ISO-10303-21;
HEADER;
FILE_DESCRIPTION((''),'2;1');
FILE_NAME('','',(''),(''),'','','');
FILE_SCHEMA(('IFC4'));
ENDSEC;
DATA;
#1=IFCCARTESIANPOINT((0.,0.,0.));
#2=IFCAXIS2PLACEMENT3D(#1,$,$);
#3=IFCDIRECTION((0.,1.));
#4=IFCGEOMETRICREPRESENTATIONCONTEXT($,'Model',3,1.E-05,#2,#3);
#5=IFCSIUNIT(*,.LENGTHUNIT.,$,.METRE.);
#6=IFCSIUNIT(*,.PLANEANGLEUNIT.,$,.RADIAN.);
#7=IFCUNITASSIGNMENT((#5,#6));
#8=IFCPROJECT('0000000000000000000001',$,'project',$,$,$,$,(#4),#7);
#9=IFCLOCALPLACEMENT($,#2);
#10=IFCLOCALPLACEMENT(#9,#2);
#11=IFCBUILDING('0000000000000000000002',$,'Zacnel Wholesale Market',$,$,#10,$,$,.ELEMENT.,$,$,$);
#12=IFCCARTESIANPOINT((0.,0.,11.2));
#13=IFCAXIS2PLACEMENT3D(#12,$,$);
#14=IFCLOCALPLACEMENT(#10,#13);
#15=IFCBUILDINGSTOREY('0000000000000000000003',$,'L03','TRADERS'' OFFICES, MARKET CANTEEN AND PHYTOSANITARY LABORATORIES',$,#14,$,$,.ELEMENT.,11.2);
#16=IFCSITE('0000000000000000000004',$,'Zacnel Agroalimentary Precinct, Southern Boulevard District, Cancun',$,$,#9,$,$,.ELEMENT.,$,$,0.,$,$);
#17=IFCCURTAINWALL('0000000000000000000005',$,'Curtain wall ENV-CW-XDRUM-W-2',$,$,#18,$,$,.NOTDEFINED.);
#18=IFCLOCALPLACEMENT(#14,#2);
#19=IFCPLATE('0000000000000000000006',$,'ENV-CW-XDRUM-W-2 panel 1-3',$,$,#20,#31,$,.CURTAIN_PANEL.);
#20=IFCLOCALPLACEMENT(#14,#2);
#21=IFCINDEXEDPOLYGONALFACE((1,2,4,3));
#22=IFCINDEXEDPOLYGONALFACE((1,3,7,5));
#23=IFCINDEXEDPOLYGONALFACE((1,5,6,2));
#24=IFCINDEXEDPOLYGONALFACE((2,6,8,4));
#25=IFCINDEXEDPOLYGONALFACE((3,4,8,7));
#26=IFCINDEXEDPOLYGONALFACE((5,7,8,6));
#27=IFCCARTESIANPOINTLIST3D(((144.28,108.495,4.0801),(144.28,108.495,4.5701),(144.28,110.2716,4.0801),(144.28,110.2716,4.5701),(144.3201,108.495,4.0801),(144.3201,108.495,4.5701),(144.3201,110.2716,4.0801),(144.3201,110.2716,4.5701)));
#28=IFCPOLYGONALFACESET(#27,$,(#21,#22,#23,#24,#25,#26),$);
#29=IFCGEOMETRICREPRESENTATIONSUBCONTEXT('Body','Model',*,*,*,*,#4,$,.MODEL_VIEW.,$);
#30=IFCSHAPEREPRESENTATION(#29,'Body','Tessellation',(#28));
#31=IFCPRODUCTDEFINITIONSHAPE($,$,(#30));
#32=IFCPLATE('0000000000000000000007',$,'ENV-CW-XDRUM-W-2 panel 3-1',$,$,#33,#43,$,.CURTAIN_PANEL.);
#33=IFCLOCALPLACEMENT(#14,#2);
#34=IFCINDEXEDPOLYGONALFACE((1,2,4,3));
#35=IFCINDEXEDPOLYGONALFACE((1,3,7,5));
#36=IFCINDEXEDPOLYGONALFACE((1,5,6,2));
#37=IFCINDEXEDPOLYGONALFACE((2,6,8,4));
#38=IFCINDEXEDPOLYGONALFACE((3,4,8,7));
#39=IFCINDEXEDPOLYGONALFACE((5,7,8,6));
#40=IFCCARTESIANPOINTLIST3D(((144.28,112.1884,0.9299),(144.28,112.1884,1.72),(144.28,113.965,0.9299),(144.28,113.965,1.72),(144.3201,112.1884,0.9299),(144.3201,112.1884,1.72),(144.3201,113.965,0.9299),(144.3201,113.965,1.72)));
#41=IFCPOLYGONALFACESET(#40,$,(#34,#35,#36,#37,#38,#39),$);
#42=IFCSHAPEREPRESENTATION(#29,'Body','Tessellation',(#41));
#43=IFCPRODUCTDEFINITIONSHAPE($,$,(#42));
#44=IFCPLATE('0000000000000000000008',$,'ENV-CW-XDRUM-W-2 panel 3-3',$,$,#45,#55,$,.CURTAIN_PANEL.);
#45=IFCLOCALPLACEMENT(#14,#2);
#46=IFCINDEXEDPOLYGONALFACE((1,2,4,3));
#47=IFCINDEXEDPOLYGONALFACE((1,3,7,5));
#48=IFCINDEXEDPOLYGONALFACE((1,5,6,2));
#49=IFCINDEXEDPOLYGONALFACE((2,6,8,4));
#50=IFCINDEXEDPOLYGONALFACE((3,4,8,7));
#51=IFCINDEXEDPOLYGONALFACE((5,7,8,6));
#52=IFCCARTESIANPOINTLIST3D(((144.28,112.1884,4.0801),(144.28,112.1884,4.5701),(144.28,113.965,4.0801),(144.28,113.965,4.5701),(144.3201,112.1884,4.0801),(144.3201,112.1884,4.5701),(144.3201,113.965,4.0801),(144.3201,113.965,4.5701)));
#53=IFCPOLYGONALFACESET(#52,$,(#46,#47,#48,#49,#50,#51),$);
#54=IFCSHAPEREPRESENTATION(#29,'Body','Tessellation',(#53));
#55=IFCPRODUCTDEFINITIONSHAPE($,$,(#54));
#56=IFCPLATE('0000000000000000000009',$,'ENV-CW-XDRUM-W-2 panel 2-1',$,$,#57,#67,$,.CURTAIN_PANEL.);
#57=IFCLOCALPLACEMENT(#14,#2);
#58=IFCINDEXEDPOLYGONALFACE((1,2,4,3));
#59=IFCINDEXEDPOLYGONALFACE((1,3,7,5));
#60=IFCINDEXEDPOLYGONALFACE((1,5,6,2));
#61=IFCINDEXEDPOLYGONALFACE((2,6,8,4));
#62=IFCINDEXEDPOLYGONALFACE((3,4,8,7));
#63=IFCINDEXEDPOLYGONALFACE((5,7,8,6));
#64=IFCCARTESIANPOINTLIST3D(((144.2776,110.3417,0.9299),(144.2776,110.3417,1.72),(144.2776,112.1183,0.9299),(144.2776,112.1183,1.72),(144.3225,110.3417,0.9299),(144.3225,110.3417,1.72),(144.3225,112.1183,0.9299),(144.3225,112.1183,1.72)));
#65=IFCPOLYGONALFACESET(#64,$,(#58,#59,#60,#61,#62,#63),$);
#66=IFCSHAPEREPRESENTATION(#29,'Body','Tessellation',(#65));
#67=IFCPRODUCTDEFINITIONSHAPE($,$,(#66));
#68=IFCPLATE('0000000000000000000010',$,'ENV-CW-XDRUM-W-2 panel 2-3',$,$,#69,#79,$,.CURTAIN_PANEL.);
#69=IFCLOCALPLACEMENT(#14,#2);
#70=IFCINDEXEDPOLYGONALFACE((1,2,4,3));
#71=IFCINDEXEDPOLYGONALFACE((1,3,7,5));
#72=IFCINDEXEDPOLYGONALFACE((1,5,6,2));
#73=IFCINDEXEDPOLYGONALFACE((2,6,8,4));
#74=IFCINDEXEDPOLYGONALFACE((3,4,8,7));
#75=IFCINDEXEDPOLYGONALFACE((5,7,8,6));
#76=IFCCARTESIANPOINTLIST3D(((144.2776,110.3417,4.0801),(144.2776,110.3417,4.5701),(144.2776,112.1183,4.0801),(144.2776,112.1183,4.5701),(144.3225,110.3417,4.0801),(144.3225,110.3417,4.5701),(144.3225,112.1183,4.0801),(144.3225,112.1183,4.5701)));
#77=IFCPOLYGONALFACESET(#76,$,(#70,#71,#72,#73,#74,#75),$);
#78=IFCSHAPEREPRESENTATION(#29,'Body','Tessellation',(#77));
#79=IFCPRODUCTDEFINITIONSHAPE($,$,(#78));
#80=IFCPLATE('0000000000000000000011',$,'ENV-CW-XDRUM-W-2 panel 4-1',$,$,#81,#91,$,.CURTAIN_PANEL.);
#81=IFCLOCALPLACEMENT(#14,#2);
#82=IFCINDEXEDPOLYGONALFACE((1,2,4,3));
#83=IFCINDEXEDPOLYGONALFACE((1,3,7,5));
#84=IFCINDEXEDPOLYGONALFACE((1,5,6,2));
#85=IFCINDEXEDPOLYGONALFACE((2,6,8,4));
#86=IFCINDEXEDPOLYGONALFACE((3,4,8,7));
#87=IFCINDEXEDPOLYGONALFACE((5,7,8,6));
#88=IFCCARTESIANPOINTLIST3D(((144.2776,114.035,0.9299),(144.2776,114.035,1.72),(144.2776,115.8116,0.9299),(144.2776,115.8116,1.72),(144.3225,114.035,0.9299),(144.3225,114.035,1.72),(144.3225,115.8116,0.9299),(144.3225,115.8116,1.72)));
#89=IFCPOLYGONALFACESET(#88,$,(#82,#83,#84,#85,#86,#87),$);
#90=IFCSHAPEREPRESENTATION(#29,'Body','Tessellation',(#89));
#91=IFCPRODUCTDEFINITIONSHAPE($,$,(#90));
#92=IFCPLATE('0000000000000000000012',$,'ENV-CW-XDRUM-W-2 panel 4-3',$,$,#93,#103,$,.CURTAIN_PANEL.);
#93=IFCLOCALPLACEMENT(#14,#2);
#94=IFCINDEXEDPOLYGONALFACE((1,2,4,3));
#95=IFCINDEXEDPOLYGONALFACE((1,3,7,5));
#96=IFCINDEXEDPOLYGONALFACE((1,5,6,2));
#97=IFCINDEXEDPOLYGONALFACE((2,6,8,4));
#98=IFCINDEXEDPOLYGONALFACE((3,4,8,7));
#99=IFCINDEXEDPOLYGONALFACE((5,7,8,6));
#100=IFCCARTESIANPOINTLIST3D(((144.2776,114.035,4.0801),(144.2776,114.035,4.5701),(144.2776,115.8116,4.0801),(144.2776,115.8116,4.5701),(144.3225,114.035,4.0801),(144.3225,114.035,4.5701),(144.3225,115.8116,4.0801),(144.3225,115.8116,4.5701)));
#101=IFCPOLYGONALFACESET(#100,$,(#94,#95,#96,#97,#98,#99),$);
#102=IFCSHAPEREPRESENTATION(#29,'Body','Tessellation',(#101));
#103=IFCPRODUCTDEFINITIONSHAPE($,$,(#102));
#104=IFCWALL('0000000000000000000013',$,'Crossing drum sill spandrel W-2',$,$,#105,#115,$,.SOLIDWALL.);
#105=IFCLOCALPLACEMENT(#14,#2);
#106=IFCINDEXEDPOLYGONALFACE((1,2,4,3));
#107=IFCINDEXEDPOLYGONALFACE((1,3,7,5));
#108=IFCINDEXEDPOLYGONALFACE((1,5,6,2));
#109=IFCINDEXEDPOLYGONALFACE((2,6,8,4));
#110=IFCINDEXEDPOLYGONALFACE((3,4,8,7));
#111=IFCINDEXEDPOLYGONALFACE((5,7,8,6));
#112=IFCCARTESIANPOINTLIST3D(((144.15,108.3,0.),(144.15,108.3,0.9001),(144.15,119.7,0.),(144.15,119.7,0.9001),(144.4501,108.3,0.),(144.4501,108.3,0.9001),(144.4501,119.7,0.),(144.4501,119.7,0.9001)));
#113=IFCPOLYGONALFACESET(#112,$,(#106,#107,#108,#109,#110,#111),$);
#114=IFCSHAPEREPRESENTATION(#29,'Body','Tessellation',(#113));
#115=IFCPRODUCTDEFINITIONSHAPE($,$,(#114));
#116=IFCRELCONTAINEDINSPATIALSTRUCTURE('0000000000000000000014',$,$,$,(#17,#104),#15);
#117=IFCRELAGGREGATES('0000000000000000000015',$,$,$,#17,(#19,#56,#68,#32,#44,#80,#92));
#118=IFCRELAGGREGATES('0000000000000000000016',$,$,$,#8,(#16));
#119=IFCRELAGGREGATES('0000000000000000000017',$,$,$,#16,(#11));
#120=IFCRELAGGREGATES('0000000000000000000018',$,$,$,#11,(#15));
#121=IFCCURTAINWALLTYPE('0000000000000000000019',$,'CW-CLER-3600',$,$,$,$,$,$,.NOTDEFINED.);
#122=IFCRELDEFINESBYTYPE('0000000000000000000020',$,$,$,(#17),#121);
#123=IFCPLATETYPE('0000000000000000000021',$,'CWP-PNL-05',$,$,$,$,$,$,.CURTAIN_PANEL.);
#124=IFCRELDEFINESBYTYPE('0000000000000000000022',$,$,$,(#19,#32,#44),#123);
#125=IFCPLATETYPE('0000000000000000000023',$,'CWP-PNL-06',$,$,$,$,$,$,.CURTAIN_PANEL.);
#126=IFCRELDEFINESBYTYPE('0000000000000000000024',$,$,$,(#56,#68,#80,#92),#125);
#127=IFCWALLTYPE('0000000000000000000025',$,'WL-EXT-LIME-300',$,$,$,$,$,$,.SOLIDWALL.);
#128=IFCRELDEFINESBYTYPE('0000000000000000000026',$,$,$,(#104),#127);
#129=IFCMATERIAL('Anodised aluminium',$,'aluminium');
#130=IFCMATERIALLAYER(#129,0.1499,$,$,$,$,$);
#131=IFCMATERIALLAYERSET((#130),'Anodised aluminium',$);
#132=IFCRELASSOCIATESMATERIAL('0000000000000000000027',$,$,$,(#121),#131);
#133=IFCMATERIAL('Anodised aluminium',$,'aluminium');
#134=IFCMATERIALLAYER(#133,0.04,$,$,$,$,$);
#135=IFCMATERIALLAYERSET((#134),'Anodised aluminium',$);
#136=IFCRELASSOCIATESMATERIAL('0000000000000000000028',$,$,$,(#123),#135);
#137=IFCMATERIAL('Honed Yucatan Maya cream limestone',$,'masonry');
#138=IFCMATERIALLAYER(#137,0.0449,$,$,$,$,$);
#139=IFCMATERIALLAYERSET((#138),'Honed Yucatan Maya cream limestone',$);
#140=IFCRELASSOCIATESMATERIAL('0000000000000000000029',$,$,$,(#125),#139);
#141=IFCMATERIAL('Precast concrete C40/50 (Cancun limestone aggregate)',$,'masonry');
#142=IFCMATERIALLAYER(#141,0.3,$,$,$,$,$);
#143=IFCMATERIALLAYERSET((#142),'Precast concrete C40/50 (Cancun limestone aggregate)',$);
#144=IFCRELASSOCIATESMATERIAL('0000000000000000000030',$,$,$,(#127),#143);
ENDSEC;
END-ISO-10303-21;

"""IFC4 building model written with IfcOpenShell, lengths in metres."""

from ifc_helpers import new_model, si_unit, direction, frame, frame_2d, origin, origin_2d, place, context, subcontext, project, spatial, rectangle, extrude, material, layer, layer_set, type_object, element, aggregate, save


model = new_model("IFC4")

# Units and contexts
model_context = context("Model", 3, precision=1e-05, world=origin(), true_north=direction((0.0, 1.0)))
body_context = subcontext(model_context, "Body", "Model", "MODEL_VIEW")
ifc_project = project(units=[si_unit("LENGTHUNIT", "METRE"), si_unit("PLANEANGLEUNIT", "RADIAN")], contexts=[model_context])

# Site, building, storey
site_placement = place(None, origin())
site = spatial("IfcSite", under=ifc_project, at=site_placement, Name="Zacnel Agroalimentary Precinct, Southern Boulevard District, Cancun", CompositionType="ELEMENT", RefElevation=0.0)
building_placement = place(site_placement, origin())
building = spatial("IfcBuilding", under=site, at=building_placement, Name="Zacnel Wholesale Market", CompositionType="ELEMENT")
storey_placement = place(building_placement, frame((0.0, 0.0, 11.2)))
storey = spatial("IfcBuildingStorey", under=building, at=storey_placement, Name="L03", Description="TRADERS' OFFICES, MARKET CANTEEN AND PHYTOSANITARY LABORATORIES", CompositionType="ELEMENT", Elevation=11.2)

# Curtain wall, plates
ifc_material_1 = material(Name="Anodised aluminium", Category="aluminium")
ifc_layer_1 = layer(ifc_material_1, 0.1499)
ifc_layer_set_1 = layer_set([ifc_layer_1], Name="Anodised aluminium")
curtain_wall_type = type_object("IfcCurtainWallType", Name="CW-CLER-3600", PredefinedType="NOTDEFINED", material=ifc_layer_set_1)
curtain_wall_placement = place(storey_placement, origin())
curtain_wall = element("IfcCurtainWall", 1, at=curtain_wall_placement, inside=storey, type_object=curtain_wall_type, Name="Curtain wall ENV-CW-XDRUM-W-2", PredefinedType="NOTDEFINED")
ifc_material_2 = material(Name="Anodised aluminium", Category="aluminium")
ifc_layer_2 = layer(ifc_material_2, 0.04)
ifc_layer_set_2 = layer_set([ifc_layer_2], Name="Anodised aluminium")
plate_type_1 = type_object("IfcPlateType", Name="CWP-PNL-05", PredefinedType="CURTAIN_PANEL", material=ifc_layer_set_2)
plate_1_placement = place(storey_placement, frame((144.3, 109.3833, 4.0801), z_axis=(0.0, 0.0, 1.0), x_axis=(0.0, 1.0, 0.0)))
plate_1 = element("IfcPlate", 2, at=plate_1_placement, type_object=plate_type_1, Name="ENV-CW-XDRUM-W-2 panel 1-3", PredefinedType="CURTAIN_PANEL", context=body_context, shape_type="SweptSolid", body=[
    extrude(rectangle(XDim=1.7766, YDim=0.04, at=origin_2d()), origin(), (0.0, 0.0, 1.0), 0.49),
])
plate_2_placement = place(storey_placement, frame((144.3, 113.0767, 0.9299), z_axis=(0.0, 0.0, 1.0), x_axis=(0.0, 1.0, 0.0)))
plate_2 = element("IfcPlate", 3, at=plate_2_placement, type_object=plate_type_1, Name="ENV-CW-XDRUM-W-2 panel 3-1", PredefinedType="CURTAIN_PANEL", context=body_context, shape_type="SweptSolid", body=[
    extrude(rectangle(XDim=1.7766, YDim=0.04, at=origin_2d()), origin(), (0.0, 0.0, 1.0), 0.79),
])
plate_3_placement = place(storey_placement, frame((144.3, 113.0767, 4.0801), z_axis=(0.0, 0.0, 1.0), x_axis=(0.0, 1.0, 0.0)))
plate_3 = element("IfcPlate", 4, at=plate_3_placement, type_object=plate_type_1, Name="ENV-CW-XDRUM-W-2 panel 3-3", PredefinedType="CURTAIN_PANEL", context=body_context, shape_type="SweptSolid", body=[
    extrude(rectangle(XDim=1.7766, YDim=0.04, at=origin_2d()), origin(), (0.0, 0.0, 1.0), 0.49),
])
ifc_material_3 = material(Name="Honed Yucatan Maya cream limestone", Category="masonry")
ifc_layer_3 = layer(ifc_material_3, 0.0449)
ifc_layer_set_3 = layer_set([ifc_layer_3], Name="Honed Yucatan Maya cream limestone")
plate_type_2 = type_object("IfcPlateType", Name="CWP-PNL-06", PredefinedType="CURTAIN_PANEL", material=ifc_layer_set_3)
plate_4_placement = place(storey_placement, frame((144.3, 111.23, 0.9299), z_axis=(0.0, 0.0, 1.0), x_axis=(0.0, 1.0, 0.0)))
plate_4 = element("IfcPlate", 5, at=plate_4_placement, type_object=plate_type_2, Name="ENV-CW-XDRUM-W-2 panel 2-1", PredefinedType="CURTAIN_PANEL", context=body_context, shape_type="SweptSolid", body=[
    extrude(rectangle(XDim=1.7766, YDim=0.0449, at=origin_2d()), origin(), (0.0, 0.0, 1.0), 0.79),
])
plate_5_placement = place(storey_placement, frame((144.3, 111.23, 4.0801), z_axis=(0.0, 0.0, 1.0), x_axis=(0.0, 1.0, 0.0)))
plate_5 = element("IfcPlate", 6, at=plate_5_placement, type_object=plate_type_2, Name="ENV-CW-XDRUM-W-2 panel 2-3", PredefinedType="CURTAIN_PANEL", context=body_context, shape_type="SweptSolid", body=[
    extrude(rectangle(XDim=1.7766, YDim=0.0449, at=origin_2d()), origin(), (0.0, 0.0, 1.0), 0.49),
])
plate_6_placement = place(storey_placement, frame((144.3, 114.9233, 0.9299), z_axis=(0.0, 0.0, 1.0), x_axis=(0.0, 1.0, 0.0)))
plate_6 = element("IfcPlate", 7, at=plate_6_placement, type_object=plate_type_2, Name="ENV-CW-XDRUM-W-2 panel 4-1", PredefinedType="CURTAIN_PANEL", context=body_context, shape_type="SweptSolid", body=[
    extrude(rectangle(XDim=1.7766, YDim=0.0449, at=origin_2d()), origin(), (0.0, 0.0, 1.0), 0.79),
])
plate_7_placement = place(storey_placement, frame((144.3, 114.9233, 4.0801), z_axis=(0.0, 0.0, 1.0), x_axis=(0.0, 1.0, 0.0)))
plate_7 = element("IfcPlate", 8, at=plate_7_placement, type_object=plate_type_2, Name="ENV-CW-XDRUM-W-2 panel 4-3", PredefinedType="CURTAIN_PANEL", context=body_context, shape_type="SweptSolid", body=[
    extrude(rectangle(XDim=1.7766, YDim=0.0449, at=origin_2d()), origin(), (0.0, 0.0, 1.0), 0.49),
])
aggregate(curtain_wall, [plate_1, plate_4, plate_5, plate_2, plate_3, plate_6, plate_7])

# Wall
ifc_material_4 = material(Name="Precast concrete C40/50 (Cancun limestone aggregate)", Category="masonry")
ifc_layer_4 = layer(ifc_material_4, 0.3)
ifc_layer_set_4 = layer_set([ifc_layer_4], Name="Precast concrete C40/50 (Cancun limestone aggregate)")
wall_type = type_object("IfcWallType", Name="WL-EXT-LIME-300", PredefinedType="SOLIDWALL", material=ifc_layer_set_4)
wall_placement = place(storey_placement, frame((144.3, 108.3, 0.0), z_axis=(0.0, 0.0, 1.0), x_axis=(0.0, 1.0, 0.0)))
element("IfcWall", 9, at=wall_placement, inside=storey, type_object=wall_type, Name="Crossing drum sill spandrel W-2", PredefinedType="SOLIDWALL", context=body_context, shape_type="SweptSolid", body=[
    extrude(rectangle(XDim=11.3999, YDim=0.3, at=frame_2d((5.7, 0.0))), origin(), (0.0, 0.0, 1.0), 0.9001),
])

save(model, "model.ifc")
